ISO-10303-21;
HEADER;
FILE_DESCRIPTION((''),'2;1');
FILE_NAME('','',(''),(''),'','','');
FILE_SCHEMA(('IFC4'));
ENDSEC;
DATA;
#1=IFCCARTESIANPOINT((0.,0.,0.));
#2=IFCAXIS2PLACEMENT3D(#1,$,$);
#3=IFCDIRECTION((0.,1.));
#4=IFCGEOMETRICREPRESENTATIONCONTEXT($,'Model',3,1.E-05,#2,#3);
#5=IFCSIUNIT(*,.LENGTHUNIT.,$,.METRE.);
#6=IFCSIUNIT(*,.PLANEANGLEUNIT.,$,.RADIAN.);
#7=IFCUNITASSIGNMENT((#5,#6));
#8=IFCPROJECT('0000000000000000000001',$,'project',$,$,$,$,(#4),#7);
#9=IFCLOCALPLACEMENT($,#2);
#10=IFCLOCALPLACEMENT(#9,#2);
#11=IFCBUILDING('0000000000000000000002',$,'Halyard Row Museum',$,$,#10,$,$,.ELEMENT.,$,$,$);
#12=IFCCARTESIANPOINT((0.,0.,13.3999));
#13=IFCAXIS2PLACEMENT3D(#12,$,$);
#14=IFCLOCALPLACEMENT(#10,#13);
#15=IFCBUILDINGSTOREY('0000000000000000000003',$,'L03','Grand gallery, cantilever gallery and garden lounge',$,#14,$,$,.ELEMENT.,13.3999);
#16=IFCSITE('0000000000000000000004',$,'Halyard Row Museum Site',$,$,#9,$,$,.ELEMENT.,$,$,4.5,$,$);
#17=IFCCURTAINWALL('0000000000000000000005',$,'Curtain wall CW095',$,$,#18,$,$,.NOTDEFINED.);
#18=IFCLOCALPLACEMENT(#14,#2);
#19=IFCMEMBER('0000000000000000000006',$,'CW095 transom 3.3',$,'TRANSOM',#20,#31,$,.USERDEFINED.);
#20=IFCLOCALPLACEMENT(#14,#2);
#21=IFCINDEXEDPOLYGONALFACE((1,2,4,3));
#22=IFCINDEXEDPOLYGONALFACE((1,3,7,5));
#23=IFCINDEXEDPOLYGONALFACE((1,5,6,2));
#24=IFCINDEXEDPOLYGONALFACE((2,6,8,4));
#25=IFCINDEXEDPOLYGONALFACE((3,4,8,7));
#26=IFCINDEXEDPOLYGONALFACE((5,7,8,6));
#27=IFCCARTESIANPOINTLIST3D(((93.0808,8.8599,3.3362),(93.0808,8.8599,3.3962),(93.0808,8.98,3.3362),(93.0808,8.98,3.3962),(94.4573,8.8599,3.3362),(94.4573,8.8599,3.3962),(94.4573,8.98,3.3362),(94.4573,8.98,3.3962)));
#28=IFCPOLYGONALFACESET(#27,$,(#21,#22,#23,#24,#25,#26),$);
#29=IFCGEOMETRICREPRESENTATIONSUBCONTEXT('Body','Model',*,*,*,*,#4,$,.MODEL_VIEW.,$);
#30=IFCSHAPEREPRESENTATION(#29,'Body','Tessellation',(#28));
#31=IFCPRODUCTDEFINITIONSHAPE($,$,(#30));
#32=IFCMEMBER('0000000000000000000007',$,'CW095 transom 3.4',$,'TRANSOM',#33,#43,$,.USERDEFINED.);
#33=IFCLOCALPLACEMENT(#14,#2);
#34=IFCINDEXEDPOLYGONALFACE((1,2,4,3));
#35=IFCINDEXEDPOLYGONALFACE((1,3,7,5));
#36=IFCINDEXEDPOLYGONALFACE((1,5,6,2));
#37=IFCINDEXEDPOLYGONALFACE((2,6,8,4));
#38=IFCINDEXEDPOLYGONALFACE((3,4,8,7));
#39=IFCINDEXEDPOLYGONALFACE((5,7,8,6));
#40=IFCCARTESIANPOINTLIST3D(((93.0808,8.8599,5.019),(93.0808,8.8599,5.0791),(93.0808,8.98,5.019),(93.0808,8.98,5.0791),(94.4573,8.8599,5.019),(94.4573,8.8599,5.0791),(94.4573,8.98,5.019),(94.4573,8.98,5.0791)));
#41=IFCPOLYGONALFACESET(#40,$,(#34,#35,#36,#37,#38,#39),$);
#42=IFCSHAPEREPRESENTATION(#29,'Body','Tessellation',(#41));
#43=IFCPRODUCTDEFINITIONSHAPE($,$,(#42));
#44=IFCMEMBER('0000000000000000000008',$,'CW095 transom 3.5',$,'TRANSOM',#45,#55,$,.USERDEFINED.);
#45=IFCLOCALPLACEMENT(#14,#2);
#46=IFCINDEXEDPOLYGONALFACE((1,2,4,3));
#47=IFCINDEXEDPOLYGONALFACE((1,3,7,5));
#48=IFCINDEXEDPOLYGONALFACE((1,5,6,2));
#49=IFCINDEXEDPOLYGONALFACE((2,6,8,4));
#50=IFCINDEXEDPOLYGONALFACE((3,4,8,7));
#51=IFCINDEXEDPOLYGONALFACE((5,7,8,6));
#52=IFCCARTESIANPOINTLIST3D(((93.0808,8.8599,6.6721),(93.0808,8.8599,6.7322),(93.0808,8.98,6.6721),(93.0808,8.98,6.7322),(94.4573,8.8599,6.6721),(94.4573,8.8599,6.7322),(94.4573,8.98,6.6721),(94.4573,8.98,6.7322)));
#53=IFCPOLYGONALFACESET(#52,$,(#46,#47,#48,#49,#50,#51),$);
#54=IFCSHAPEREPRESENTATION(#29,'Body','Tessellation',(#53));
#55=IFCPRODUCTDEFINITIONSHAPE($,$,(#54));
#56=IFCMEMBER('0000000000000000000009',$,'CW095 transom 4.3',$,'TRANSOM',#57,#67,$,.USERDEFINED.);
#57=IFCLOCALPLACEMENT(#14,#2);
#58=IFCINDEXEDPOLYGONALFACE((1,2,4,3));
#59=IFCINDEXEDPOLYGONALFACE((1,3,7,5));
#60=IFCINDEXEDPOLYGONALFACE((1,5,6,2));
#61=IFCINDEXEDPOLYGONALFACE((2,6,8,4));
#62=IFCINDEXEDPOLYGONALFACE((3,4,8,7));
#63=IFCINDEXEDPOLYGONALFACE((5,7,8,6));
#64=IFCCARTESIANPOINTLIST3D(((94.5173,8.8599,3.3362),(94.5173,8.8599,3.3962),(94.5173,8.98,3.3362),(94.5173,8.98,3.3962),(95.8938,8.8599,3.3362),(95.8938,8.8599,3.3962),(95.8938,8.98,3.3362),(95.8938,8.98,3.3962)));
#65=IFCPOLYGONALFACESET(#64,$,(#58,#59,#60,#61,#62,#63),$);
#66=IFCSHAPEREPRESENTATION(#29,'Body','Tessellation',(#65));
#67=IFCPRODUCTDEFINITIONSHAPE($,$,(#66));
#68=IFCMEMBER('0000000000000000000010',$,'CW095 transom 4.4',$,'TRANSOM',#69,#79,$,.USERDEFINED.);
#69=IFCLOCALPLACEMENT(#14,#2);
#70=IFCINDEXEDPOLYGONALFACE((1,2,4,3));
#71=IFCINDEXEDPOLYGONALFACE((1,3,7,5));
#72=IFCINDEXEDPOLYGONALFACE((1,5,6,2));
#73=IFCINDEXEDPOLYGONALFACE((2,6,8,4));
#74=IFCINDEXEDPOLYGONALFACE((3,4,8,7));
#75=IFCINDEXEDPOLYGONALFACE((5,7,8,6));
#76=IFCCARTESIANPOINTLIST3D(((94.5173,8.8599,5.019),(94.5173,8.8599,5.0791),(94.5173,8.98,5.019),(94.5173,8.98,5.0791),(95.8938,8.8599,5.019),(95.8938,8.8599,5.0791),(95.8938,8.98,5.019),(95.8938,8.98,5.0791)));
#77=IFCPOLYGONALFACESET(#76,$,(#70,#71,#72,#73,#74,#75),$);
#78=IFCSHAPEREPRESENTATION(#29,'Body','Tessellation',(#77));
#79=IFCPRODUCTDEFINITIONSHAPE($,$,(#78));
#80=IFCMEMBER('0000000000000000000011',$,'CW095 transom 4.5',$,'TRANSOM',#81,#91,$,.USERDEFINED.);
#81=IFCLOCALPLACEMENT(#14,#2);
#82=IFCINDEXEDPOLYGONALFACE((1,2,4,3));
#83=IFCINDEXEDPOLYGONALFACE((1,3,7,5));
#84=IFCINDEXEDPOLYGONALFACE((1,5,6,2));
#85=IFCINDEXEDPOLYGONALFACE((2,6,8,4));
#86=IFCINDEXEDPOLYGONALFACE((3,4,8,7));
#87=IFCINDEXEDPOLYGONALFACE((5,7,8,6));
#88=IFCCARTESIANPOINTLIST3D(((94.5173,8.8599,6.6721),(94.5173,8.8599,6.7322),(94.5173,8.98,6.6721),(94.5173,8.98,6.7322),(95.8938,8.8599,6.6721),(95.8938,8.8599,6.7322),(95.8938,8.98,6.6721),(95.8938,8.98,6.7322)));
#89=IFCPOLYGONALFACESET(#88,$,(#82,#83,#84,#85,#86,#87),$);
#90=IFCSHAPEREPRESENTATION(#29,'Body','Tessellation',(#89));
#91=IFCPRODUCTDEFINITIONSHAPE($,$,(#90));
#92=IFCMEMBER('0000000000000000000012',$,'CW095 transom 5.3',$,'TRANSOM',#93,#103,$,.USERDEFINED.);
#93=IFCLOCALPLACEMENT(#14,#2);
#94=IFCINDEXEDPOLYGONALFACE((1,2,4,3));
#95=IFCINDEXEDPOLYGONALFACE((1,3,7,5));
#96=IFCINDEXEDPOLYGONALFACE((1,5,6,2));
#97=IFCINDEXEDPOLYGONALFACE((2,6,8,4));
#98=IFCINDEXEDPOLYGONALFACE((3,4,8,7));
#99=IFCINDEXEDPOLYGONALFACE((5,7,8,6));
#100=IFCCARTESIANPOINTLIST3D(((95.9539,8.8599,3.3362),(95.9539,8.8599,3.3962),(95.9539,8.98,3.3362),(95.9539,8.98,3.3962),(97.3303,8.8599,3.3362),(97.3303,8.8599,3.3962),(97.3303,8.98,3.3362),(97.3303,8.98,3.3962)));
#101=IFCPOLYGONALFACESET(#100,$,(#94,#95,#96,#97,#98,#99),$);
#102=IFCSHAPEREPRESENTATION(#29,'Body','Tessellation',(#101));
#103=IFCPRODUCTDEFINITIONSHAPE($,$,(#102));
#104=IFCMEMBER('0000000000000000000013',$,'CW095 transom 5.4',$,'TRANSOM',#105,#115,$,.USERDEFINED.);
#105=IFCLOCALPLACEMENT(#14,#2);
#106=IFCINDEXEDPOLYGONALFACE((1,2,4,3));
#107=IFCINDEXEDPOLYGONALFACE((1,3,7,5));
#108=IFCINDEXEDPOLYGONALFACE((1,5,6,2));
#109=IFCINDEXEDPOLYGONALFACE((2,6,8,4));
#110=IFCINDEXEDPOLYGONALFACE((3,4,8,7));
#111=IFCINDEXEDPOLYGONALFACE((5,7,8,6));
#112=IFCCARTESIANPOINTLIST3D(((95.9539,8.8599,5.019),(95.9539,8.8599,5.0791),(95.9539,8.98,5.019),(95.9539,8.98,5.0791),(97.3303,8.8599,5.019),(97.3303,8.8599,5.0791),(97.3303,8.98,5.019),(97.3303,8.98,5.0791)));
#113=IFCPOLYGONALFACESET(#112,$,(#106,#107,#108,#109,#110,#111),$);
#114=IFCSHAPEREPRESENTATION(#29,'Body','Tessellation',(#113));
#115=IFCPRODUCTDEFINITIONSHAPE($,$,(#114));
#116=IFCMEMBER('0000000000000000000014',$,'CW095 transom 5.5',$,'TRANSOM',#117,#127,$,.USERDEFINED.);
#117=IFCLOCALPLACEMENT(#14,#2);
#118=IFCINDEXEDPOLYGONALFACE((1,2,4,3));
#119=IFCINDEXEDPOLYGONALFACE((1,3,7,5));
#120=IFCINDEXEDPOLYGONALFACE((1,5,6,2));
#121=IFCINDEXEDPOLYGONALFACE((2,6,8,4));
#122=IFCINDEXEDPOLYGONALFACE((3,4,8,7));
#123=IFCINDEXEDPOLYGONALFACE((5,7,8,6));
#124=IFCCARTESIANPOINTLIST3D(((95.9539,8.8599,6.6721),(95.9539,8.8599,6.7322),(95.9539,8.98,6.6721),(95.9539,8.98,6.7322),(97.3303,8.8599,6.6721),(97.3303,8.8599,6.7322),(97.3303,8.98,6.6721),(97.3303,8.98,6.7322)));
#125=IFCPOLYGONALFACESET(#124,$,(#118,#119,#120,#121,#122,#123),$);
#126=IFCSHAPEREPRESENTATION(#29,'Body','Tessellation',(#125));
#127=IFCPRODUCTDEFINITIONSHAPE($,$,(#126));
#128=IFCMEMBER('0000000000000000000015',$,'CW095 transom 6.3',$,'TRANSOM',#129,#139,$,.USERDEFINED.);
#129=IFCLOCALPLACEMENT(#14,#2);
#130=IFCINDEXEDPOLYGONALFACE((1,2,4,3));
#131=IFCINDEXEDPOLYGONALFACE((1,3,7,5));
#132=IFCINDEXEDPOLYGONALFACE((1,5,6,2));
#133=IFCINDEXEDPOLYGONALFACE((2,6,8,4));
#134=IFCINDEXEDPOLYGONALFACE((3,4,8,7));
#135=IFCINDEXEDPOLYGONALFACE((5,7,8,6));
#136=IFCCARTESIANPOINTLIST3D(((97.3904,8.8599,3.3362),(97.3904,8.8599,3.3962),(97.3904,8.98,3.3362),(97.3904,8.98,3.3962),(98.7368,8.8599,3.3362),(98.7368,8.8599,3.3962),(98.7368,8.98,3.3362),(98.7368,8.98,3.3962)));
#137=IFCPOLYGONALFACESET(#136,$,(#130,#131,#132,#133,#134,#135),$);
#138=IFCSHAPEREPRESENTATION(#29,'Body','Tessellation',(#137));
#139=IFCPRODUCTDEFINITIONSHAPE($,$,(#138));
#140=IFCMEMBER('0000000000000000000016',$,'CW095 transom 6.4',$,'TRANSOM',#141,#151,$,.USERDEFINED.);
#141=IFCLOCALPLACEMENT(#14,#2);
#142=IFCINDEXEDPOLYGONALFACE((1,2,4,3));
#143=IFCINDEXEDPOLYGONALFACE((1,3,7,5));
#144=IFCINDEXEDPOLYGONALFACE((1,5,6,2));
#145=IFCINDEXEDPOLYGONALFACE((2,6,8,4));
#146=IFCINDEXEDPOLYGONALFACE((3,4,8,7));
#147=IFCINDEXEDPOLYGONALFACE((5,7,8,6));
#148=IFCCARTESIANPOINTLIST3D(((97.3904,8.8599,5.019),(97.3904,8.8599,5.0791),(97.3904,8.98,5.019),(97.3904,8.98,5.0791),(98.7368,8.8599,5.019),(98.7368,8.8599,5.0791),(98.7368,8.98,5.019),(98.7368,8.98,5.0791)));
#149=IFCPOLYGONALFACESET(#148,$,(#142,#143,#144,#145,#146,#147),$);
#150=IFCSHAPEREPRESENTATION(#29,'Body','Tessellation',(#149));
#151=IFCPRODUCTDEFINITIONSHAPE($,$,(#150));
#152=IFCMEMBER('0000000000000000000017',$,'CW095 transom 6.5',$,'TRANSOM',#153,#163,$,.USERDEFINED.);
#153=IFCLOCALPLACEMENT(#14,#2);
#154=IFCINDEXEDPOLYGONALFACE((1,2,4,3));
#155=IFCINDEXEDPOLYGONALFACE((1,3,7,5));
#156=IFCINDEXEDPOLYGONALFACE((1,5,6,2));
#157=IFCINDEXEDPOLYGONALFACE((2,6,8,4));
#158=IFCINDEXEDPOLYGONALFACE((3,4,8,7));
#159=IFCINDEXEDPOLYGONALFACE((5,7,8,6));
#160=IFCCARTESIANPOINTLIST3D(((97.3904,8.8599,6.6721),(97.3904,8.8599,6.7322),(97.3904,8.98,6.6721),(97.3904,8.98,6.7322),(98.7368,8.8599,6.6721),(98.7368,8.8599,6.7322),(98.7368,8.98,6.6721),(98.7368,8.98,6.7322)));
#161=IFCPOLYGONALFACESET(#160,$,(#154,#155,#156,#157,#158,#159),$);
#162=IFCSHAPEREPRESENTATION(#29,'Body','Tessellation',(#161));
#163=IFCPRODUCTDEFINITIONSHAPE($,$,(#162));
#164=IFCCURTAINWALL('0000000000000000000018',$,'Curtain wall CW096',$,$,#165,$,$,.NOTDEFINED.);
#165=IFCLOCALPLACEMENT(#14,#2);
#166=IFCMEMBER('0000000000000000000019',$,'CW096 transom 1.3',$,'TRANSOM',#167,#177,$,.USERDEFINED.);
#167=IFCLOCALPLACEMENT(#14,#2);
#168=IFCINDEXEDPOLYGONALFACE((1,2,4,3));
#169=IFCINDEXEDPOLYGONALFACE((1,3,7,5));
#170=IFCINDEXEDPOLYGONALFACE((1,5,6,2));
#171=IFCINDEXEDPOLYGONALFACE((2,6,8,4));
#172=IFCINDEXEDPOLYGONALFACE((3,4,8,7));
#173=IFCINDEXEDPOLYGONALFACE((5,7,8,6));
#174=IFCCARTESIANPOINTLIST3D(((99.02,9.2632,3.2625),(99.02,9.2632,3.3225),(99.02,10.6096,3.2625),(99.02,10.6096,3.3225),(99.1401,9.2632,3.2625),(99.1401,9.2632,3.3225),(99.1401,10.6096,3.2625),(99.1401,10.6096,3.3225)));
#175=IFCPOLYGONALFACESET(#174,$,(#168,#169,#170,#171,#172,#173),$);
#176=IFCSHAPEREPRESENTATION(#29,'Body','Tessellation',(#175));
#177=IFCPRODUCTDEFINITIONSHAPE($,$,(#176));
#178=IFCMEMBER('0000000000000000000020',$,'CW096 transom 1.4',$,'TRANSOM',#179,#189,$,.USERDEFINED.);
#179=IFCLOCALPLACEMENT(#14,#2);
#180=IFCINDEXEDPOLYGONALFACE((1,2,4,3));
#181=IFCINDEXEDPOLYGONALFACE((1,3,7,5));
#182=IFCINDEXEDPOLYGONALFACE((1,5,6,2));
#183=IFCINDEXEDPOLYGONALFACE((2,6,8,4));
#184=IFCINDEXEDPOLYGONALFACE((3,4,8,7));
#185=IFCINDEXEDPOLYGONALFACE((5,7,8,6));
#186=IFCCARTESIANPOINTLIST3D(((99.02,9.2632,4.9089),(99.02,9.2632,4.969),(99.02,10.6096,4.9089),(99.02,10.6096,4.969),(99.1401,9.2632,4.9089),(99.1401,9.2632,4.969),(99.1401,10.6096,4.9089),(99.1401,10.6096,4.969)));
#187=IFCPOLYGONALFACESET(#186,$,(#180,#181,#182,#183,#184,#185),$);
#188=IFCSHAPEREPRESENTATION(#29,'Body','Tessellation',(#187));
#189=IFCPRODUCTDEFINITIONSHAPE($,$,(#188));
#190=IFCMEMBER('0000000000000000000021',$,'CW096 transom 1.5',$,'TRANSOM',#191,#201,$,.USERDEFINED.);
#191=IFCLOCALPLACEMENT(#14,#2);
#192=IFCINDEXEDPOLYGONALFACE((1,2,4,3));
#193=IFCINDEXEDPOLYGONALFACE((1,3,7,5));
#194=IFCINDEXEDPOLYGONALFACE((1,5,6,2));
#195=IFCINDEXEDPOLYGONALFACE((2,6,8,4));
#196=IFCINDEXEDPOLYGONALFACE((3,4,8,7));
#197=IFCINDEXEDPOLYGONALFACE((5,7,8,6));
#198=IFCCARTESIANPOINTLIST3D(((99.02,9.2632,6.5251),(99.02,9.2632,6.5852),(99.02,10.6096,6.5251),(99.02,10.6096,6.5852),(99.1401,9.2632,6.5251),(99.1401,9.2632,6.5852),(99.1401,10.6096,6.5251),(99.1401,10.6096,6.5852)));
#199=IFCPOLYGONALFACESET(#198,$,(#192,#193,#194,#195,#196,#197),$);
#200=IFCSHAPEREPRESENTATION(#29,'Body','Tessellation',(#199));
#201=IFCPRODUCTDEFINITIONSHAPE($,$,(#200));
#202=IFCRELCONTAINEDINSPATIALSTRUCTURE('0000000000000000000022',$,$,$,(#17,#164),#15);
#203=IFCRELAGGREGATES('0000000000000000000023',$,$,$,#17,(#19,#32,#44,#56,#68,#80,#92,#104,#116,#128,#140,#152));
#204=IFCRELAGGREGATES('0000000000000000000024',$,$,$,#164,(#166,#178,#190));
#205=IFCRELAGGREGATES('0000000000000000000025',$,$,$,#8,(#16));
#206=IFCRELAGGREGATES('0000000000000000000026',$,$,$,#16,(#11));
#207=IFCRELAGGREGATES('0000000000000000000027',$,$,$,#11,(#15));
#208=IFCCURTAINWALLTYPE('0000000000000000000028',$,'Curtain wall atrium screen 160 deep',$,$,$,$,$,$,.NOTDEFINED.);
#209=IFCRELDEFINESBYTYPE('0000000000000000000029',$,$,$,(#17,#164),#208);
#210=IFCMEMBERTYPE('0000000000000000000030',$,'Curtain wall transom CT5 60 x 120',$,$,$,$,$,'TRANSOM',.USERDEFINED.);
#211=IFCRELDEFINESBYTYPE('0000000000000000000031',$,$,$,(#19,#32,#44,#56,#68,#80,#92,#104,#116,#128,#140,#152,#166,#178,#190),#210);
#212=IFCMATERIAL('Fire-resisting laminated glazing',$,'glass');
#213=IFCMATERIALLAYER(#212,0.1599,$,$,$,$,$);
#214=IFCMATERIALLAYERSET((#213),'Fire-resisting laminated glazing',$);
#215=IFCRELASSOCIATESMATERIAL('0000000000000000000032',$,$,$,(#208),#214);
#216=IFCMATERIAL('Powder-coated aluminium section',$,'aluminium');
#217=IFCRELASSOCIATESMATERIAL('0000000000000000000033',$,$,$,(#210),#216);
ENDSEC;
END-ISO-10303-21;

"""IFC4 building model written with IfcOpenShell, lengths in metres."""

from ifc_helpers import new_model, si_unit, direction, frame, origin, origin_2d, place, context, subcontext, project, spatial, rectangle, extrude, material, layer, layer_set, material_profile, profile_set, type_object, element, aggregate, save


model = new_model("IFC4")

# Units and contexts
model_context = context("Model", 3, precision=1e-05, world=origin(), true_north=direction((0.0, 1.0)))
body_context = subcontext(model_context, "Body", "Model", "MODEL_VIEW")
ifc_project = project(units=[si_unit("LENGTHUNIT", "METRE"), si_unit("PLANEANGLEUNIT", "RADIAN")], contexts=[model_context])

# Site, building, storey
site_placement = place(None, origin())
site = spatial("IfcSite", under=ifc_project, at=site_placement, Name="Halyard Row Museum Site", CompositionType="ELEMENT", RefElevation=4.5)
building_placement = place(site_placement, origin())
building = spatial("IfcBuilding", under=site, at=building_placement, Name="Halyard Row Museum", CompositionType="ELEMENT")
storey_placement = place(building_placement, frame((0.0, 0.0, 13.3999)))
storey = spatial("IfcBuildingStorey", under=building, at=storey_placement, Name="L03", Description="Grand gallery, cantilever gallery and garden lounge", CompositionType="ELEMENT", Elevation=13.3999)

# Curtain walls, members
ifc_material_1 = material(Name="Fire-resisting laminated glazing", Category="glass")
ifc_layer_1 = layer(ifc_material_1, 0.1599)
ifc_layer_set_1 = layer_set([ifc_layer_1], Name="Fire-resisting laminated glazing")
curtain_wall_type = type_object("IfcCurtainWallType", Name="Curtain wall atrium screen 160 deep", PredefinedType="NOTDEFINED", material=ifc_layer_set_1)
curtain_wall_1_placement = place(storey_placement, origin())
curtain_wall_1 = element("IfcCurtainWall", 1, at=curtain_wall_1_placement, inside=storey, type_object=curtain_wall_type, Name="Curtain wall CW095", PredefinedType="NOTDEFINED")
ifc_material_2 = material(Name="Powder-coated aluminium section", Category="aluminium")
ifc_material_profile = material_profile(ifc_material_2, rectangle(XDim=0.1201, YDim=0.0601, at=origin_2d()), Name="120x60 transom")
ifc_profile_set = profile_set([ifc_material_profile], Name="Powder-coated aluminium section")
member_type = type_object("IfcMemberType", Name="Curtain wall transom CT5 60 x 120", ElementType="TRANSOM", PredefinedType="USERDEFINED", material=ifc_profile_set)
member_1_placement = place(storey_placement, frame((93.0808, 8.9199, 3.3662), z_axis=(1.0, 0.0, 0.0), x_axis=(0.0, 1.0, 0.0)))
member_1 = element("IfcMember", 2, at=member_1_placement, type_object=member_type, Name="CW095 transom 3.3", ObjectType="TRANSOM", PredefinedType="USERDEFINED", context=body_context, shape_type="SweptSolid", body=[
    extrude(rectangle(XDim=0.1201, YDim=0.0601, at=origin_2d()), origin(), (0.0, 0.0, 1.0), 1.3765),
])
member_2_placement = place(storey_placement, frame((93.0808, 8.9199, 5.0491), z_axis=(1.0, 0.0, 0.0), x_axis=(0.0, 1.0, 0.0)))
member_2 = element("IfcMember", 3, at=member_2_placement, type_object=member_type, Name="CW095 transom 3.4", ObjectType="TRANSOM", PredefinedType="USERDEFINED", context=body_context, shape_type="SweptSolid", body=[
    extrude(rectangle(XDim=0.1201, YDim=0.0601, at=origin_2d()), origin(), (0.0, 0.0, 1.0), 1.3765),
])
member_3_placement = place(storey_placement, frame((93.0808, 8.9199, 6.7021), z_axis=(1.0, 0.0, 0.0), x_axis=(0.0, 1.0, 0.0)))
member_3 = element("IfcMember", 4, at=member_3_placement, type_object=member_type, Name="CW095 transom 3.5", ObjectType="TRANSOM", PredefinedType="USERDEFINED", context=body_context, shape_type="SweptSolid", body=[
    extrude(rectangle(XDim=0.1201, YDim=0.0601, at=origin_2d()), origin(), (0.0, 0.0, 1.0), 1.3765),
])
member_4_placement = place(storey_placement, frame((94.5173, 8.9199, 3.3662), z_axis=(1.0, 0.0, 0.0), x_axis=(0.0, 1.0, 0.0)))
member_4 = element("IfcMember", 5, at=member_4_placement, type_object=member_type, Name="CW095 transom 4.3", ObjectType="TRANSOM", PredefinedType="USERDEFINED", context=body_context, shape_type="SweptSolid", body=[
    extrude(rectangle(XDim=0.1201, YDim=0.0601, at=origin_2d()), origin(), (0.0, 0.0, 1.0), 1.3765),
])
member_5_placement = place(storey_placement, frame((94.5173, 8.9199, 5.0491), z_axis=(1.0, 0.0, 0.0), x_axis=(0.0, 1.0, 0.0)))
member_5 = element("IfcMember", 6, at=member_5_placement, type_object=member_type, Name="CW095 transom 4.4", ObjectType="TRANSOM", PredefinedType="USERDEFINED", context=body_context, shape_type="SweptSolid", body=[
    extrude(rectangle(XDim=0.1201, YDim=0.0601, at=origin_2d()), origin(), (0.0, 0.0, 1.0), 1.3765),
])
member_6_placement = place(storey_placement, frame((94.5173, 8.9199, 6.7021), z_axis=(1.0, 0.0, 0.0), x_axis=(0.0, 1.0, 0.0)))
member_6 = element("IfcMember", 7, at=member_6_placement, type_object=member_type, Name="CW095 transom 4.5", ObjectType="TRANSOM", PredefinedType="USERDEFINED", context=body_context, shape_type="SweptSolid", body=[
    extrude(rectangle(XDim=0.1201, YDim=0.0601, at=origin_2d()), origin(), (0.0, 0.0, 1.0), 1.3765),
])
member_7_placement = place(storey_placement, frame((95.9539, 8.9199, 3.3662), z_axis=(1.0, 0.0, 0.0), x_axis=(0.0, 1.0, 0.0)))
member_7 = element("IfcMember", 8, at=member_7_placement, type_object=member_type, Name="CW095 transom 5.3", ObjectType="TRANSOM", PredefinedType="USERDEFINED", context=body_context, shape_type="SweptSolid", body=[
    extrude(rectangle(XDim=0.1201, YDim=0.0601, at=origin_2d()), origin(), (0.0, 0.0, 1.0), 1.3765),
])
member_8_placement = place(storey_placement, frame((95.9539, 8.9199, 5.0491), z_axis=(1.0, 0.0, 0.0), x_axis=(0.0, 1.0, 0.0)))
member_8 = element("IfcMember", 9, at=member_8_placement, type_object=member_type, Name="CW095 transom 5.4", ObjectType="TRANSOM", PredefinedType="USERDEFINED", context=body_context, shape_type="SweptSolid", body=[
    extrude(rectangle(XDim=0.1201, YDim=0.0601, at=origin_2d()), origin(), (0.0, 0.0, 1.0), 1.3765),
])
member_9_placement = place(storey_placement, frame((95.9539, 8.9199, 6.7021), z_axis=(1.0, 0.0, 0.0), x_axis=(0.0, 1.0, 0.0)))
member_9 = element("IfcMember", 10, at=member_9_placement, type_object=member_type, Name="CW095 transom 5.5", ObjectType="TRANSOM", PredefinedType="USERDEFINED", context=body_context, shape_type="SweptSolid", body=[
    extrude(rectangle(XDim=0.1201, YDim=0.0601, at=origin_2d()), origin(), (0.0, 0.0, 1.0), 1.3765),
])
member_10_placement = place(storey_placement, frame((97.3904, 8.9199, 3.3662), z_axis=(1.0, 0.0, 0.0), x_axis=(0.0, 1.0, 0.0)))
member_10 = element("IfcMember", 11, at=member_10_placement, type_object=member_type, Name="CW095 transom 6.3", ObjectType="TRANSOM", PredefinedType="USERDEFINED", context=body_context, shape_type="SweptSolid", body=[
    extrude(rectangle(XDim=0.1201, YDim=0.0601, at=origin_2d()), origin(), (0.0, 0.0, 1.0), 1.3464),
])
member_11_placement = place(storey_placement, frame((97.3904, 8.9199, 5.0491), z_axis=(1.0, 0.0, 0.0), x_axis=(0.0, 1.0, 0.0)))
member_11 = element("IfcMember", 12, at=member_11_placement, type_object=member_type, Name="CW095 transom 6.4", ObjectType="TRANSOM", PredefinedType="USERDEFINED", context=body_context, shape_type="SweptSolid", body=[
    extrude(rectangle(XDim=0.1201, YDim=0.0601, at=origin_2d()), origin(), (0.0, 0.0, 1.0), 1.3464),
])
member_12_placement = place(storey_placement, frame((97.3904, 8.9199, 6.7021), z_axis=(1.0, 0.0, 0.0), x_axis=(0.0, 1.0, 0.0)))
member_12 = element("IfcMember", 13, at=member_12_placement, type_object=member_type, Name="CW095 transom 6.5", ObjectType="TRANSOM", PredefinedType="USERDEFINED", context=body_context, shape_type="SweptSolid", body=[
    extrude(rectangle(XDim=0.1201, YDim=0.0601, at=origin_2d()), origin(), (0.0, 0.0, 1.0), 1.3464),
])
curtain_wall_2_placement = place(storey_placement, origin())
curtain_wall_2 = element("IfcCurtainWall", 14, at=curtain_wall_2_placement, inside=storey, type_object=curtain_wall_type, Name="Curtain wall CW096", PredefinedType="NOTDEFINED")
member_13_placement = place(storey_placement, frame((99.0801, 9.2632, 3.2925), z_axis=(0.0, 1.0, 0.0), x_axis=(-1.0, 0.0, 0.0)))
member_13 = element("IfcMember", 15, at=member_13_placement, type_object=member_type, Name="CW096 transom 1.3", ObjectType="TRANSOM", PredefinedType="USERDEFINED", context=body_context, shape_type="SweptSolid", body=[
    extrude(rectangle(XDim=0.1201, YDim=0.0601, at=origin_2d()), origin(), (0.0, 0.0, 1.0), 1.3464),
])
member_14_placement = place(storey_placement, frame((99.0801, 9.2632, 4.939), z_axis=(0.0, 1.0, 0.0), x_axis=(-1.0, 0.0, 0.0)))
member_14 = element("IfcMember", 16, at=member_14_placement, type_object=member_type, Name="CW096 transom 1.4", ObjectType="TRANSOM", PredefinedType="USERDEFINED", context=body_context, shape_type="SweptSolid", body=[
    extrude(rectangle(XDim=0.1201, YDim=0.0601, at=origin_2d()), origin(), (0.0, 0.0, 1.0), 1.3464),
])
member_15_placement = place(storey_placement, frame((99.0801, 9.2632, 6.5552), z_axis=(0.0, 1.0, 0.0), x_axis=(-1.0, 0.0, 0.0)))
member_15 = element("IfcMember", 17, at=member_15_placement, type_object=member_type, Name="CW096 transom 1.5", ObjectType="TRANSOM", PredefinedType="USERDEFINED", context=body_context, shape_type="SweptSolid", body=[
    extrude(rectangle(XDim=0.1201, YDim=0.0601, at=origin_2d()), origin(), (0.0, 0.0, 1.0), 1.3464),
])

aggregate(curtain_wall_1, [member_1, member_2, member_3, member_4, member_5, member_6, member_7, member_8, member_9, member_10, member_11, member_12])
aggregate(curtain_wall_2, [member_13, member_14, member_15])

save(model, "model.ifc")
